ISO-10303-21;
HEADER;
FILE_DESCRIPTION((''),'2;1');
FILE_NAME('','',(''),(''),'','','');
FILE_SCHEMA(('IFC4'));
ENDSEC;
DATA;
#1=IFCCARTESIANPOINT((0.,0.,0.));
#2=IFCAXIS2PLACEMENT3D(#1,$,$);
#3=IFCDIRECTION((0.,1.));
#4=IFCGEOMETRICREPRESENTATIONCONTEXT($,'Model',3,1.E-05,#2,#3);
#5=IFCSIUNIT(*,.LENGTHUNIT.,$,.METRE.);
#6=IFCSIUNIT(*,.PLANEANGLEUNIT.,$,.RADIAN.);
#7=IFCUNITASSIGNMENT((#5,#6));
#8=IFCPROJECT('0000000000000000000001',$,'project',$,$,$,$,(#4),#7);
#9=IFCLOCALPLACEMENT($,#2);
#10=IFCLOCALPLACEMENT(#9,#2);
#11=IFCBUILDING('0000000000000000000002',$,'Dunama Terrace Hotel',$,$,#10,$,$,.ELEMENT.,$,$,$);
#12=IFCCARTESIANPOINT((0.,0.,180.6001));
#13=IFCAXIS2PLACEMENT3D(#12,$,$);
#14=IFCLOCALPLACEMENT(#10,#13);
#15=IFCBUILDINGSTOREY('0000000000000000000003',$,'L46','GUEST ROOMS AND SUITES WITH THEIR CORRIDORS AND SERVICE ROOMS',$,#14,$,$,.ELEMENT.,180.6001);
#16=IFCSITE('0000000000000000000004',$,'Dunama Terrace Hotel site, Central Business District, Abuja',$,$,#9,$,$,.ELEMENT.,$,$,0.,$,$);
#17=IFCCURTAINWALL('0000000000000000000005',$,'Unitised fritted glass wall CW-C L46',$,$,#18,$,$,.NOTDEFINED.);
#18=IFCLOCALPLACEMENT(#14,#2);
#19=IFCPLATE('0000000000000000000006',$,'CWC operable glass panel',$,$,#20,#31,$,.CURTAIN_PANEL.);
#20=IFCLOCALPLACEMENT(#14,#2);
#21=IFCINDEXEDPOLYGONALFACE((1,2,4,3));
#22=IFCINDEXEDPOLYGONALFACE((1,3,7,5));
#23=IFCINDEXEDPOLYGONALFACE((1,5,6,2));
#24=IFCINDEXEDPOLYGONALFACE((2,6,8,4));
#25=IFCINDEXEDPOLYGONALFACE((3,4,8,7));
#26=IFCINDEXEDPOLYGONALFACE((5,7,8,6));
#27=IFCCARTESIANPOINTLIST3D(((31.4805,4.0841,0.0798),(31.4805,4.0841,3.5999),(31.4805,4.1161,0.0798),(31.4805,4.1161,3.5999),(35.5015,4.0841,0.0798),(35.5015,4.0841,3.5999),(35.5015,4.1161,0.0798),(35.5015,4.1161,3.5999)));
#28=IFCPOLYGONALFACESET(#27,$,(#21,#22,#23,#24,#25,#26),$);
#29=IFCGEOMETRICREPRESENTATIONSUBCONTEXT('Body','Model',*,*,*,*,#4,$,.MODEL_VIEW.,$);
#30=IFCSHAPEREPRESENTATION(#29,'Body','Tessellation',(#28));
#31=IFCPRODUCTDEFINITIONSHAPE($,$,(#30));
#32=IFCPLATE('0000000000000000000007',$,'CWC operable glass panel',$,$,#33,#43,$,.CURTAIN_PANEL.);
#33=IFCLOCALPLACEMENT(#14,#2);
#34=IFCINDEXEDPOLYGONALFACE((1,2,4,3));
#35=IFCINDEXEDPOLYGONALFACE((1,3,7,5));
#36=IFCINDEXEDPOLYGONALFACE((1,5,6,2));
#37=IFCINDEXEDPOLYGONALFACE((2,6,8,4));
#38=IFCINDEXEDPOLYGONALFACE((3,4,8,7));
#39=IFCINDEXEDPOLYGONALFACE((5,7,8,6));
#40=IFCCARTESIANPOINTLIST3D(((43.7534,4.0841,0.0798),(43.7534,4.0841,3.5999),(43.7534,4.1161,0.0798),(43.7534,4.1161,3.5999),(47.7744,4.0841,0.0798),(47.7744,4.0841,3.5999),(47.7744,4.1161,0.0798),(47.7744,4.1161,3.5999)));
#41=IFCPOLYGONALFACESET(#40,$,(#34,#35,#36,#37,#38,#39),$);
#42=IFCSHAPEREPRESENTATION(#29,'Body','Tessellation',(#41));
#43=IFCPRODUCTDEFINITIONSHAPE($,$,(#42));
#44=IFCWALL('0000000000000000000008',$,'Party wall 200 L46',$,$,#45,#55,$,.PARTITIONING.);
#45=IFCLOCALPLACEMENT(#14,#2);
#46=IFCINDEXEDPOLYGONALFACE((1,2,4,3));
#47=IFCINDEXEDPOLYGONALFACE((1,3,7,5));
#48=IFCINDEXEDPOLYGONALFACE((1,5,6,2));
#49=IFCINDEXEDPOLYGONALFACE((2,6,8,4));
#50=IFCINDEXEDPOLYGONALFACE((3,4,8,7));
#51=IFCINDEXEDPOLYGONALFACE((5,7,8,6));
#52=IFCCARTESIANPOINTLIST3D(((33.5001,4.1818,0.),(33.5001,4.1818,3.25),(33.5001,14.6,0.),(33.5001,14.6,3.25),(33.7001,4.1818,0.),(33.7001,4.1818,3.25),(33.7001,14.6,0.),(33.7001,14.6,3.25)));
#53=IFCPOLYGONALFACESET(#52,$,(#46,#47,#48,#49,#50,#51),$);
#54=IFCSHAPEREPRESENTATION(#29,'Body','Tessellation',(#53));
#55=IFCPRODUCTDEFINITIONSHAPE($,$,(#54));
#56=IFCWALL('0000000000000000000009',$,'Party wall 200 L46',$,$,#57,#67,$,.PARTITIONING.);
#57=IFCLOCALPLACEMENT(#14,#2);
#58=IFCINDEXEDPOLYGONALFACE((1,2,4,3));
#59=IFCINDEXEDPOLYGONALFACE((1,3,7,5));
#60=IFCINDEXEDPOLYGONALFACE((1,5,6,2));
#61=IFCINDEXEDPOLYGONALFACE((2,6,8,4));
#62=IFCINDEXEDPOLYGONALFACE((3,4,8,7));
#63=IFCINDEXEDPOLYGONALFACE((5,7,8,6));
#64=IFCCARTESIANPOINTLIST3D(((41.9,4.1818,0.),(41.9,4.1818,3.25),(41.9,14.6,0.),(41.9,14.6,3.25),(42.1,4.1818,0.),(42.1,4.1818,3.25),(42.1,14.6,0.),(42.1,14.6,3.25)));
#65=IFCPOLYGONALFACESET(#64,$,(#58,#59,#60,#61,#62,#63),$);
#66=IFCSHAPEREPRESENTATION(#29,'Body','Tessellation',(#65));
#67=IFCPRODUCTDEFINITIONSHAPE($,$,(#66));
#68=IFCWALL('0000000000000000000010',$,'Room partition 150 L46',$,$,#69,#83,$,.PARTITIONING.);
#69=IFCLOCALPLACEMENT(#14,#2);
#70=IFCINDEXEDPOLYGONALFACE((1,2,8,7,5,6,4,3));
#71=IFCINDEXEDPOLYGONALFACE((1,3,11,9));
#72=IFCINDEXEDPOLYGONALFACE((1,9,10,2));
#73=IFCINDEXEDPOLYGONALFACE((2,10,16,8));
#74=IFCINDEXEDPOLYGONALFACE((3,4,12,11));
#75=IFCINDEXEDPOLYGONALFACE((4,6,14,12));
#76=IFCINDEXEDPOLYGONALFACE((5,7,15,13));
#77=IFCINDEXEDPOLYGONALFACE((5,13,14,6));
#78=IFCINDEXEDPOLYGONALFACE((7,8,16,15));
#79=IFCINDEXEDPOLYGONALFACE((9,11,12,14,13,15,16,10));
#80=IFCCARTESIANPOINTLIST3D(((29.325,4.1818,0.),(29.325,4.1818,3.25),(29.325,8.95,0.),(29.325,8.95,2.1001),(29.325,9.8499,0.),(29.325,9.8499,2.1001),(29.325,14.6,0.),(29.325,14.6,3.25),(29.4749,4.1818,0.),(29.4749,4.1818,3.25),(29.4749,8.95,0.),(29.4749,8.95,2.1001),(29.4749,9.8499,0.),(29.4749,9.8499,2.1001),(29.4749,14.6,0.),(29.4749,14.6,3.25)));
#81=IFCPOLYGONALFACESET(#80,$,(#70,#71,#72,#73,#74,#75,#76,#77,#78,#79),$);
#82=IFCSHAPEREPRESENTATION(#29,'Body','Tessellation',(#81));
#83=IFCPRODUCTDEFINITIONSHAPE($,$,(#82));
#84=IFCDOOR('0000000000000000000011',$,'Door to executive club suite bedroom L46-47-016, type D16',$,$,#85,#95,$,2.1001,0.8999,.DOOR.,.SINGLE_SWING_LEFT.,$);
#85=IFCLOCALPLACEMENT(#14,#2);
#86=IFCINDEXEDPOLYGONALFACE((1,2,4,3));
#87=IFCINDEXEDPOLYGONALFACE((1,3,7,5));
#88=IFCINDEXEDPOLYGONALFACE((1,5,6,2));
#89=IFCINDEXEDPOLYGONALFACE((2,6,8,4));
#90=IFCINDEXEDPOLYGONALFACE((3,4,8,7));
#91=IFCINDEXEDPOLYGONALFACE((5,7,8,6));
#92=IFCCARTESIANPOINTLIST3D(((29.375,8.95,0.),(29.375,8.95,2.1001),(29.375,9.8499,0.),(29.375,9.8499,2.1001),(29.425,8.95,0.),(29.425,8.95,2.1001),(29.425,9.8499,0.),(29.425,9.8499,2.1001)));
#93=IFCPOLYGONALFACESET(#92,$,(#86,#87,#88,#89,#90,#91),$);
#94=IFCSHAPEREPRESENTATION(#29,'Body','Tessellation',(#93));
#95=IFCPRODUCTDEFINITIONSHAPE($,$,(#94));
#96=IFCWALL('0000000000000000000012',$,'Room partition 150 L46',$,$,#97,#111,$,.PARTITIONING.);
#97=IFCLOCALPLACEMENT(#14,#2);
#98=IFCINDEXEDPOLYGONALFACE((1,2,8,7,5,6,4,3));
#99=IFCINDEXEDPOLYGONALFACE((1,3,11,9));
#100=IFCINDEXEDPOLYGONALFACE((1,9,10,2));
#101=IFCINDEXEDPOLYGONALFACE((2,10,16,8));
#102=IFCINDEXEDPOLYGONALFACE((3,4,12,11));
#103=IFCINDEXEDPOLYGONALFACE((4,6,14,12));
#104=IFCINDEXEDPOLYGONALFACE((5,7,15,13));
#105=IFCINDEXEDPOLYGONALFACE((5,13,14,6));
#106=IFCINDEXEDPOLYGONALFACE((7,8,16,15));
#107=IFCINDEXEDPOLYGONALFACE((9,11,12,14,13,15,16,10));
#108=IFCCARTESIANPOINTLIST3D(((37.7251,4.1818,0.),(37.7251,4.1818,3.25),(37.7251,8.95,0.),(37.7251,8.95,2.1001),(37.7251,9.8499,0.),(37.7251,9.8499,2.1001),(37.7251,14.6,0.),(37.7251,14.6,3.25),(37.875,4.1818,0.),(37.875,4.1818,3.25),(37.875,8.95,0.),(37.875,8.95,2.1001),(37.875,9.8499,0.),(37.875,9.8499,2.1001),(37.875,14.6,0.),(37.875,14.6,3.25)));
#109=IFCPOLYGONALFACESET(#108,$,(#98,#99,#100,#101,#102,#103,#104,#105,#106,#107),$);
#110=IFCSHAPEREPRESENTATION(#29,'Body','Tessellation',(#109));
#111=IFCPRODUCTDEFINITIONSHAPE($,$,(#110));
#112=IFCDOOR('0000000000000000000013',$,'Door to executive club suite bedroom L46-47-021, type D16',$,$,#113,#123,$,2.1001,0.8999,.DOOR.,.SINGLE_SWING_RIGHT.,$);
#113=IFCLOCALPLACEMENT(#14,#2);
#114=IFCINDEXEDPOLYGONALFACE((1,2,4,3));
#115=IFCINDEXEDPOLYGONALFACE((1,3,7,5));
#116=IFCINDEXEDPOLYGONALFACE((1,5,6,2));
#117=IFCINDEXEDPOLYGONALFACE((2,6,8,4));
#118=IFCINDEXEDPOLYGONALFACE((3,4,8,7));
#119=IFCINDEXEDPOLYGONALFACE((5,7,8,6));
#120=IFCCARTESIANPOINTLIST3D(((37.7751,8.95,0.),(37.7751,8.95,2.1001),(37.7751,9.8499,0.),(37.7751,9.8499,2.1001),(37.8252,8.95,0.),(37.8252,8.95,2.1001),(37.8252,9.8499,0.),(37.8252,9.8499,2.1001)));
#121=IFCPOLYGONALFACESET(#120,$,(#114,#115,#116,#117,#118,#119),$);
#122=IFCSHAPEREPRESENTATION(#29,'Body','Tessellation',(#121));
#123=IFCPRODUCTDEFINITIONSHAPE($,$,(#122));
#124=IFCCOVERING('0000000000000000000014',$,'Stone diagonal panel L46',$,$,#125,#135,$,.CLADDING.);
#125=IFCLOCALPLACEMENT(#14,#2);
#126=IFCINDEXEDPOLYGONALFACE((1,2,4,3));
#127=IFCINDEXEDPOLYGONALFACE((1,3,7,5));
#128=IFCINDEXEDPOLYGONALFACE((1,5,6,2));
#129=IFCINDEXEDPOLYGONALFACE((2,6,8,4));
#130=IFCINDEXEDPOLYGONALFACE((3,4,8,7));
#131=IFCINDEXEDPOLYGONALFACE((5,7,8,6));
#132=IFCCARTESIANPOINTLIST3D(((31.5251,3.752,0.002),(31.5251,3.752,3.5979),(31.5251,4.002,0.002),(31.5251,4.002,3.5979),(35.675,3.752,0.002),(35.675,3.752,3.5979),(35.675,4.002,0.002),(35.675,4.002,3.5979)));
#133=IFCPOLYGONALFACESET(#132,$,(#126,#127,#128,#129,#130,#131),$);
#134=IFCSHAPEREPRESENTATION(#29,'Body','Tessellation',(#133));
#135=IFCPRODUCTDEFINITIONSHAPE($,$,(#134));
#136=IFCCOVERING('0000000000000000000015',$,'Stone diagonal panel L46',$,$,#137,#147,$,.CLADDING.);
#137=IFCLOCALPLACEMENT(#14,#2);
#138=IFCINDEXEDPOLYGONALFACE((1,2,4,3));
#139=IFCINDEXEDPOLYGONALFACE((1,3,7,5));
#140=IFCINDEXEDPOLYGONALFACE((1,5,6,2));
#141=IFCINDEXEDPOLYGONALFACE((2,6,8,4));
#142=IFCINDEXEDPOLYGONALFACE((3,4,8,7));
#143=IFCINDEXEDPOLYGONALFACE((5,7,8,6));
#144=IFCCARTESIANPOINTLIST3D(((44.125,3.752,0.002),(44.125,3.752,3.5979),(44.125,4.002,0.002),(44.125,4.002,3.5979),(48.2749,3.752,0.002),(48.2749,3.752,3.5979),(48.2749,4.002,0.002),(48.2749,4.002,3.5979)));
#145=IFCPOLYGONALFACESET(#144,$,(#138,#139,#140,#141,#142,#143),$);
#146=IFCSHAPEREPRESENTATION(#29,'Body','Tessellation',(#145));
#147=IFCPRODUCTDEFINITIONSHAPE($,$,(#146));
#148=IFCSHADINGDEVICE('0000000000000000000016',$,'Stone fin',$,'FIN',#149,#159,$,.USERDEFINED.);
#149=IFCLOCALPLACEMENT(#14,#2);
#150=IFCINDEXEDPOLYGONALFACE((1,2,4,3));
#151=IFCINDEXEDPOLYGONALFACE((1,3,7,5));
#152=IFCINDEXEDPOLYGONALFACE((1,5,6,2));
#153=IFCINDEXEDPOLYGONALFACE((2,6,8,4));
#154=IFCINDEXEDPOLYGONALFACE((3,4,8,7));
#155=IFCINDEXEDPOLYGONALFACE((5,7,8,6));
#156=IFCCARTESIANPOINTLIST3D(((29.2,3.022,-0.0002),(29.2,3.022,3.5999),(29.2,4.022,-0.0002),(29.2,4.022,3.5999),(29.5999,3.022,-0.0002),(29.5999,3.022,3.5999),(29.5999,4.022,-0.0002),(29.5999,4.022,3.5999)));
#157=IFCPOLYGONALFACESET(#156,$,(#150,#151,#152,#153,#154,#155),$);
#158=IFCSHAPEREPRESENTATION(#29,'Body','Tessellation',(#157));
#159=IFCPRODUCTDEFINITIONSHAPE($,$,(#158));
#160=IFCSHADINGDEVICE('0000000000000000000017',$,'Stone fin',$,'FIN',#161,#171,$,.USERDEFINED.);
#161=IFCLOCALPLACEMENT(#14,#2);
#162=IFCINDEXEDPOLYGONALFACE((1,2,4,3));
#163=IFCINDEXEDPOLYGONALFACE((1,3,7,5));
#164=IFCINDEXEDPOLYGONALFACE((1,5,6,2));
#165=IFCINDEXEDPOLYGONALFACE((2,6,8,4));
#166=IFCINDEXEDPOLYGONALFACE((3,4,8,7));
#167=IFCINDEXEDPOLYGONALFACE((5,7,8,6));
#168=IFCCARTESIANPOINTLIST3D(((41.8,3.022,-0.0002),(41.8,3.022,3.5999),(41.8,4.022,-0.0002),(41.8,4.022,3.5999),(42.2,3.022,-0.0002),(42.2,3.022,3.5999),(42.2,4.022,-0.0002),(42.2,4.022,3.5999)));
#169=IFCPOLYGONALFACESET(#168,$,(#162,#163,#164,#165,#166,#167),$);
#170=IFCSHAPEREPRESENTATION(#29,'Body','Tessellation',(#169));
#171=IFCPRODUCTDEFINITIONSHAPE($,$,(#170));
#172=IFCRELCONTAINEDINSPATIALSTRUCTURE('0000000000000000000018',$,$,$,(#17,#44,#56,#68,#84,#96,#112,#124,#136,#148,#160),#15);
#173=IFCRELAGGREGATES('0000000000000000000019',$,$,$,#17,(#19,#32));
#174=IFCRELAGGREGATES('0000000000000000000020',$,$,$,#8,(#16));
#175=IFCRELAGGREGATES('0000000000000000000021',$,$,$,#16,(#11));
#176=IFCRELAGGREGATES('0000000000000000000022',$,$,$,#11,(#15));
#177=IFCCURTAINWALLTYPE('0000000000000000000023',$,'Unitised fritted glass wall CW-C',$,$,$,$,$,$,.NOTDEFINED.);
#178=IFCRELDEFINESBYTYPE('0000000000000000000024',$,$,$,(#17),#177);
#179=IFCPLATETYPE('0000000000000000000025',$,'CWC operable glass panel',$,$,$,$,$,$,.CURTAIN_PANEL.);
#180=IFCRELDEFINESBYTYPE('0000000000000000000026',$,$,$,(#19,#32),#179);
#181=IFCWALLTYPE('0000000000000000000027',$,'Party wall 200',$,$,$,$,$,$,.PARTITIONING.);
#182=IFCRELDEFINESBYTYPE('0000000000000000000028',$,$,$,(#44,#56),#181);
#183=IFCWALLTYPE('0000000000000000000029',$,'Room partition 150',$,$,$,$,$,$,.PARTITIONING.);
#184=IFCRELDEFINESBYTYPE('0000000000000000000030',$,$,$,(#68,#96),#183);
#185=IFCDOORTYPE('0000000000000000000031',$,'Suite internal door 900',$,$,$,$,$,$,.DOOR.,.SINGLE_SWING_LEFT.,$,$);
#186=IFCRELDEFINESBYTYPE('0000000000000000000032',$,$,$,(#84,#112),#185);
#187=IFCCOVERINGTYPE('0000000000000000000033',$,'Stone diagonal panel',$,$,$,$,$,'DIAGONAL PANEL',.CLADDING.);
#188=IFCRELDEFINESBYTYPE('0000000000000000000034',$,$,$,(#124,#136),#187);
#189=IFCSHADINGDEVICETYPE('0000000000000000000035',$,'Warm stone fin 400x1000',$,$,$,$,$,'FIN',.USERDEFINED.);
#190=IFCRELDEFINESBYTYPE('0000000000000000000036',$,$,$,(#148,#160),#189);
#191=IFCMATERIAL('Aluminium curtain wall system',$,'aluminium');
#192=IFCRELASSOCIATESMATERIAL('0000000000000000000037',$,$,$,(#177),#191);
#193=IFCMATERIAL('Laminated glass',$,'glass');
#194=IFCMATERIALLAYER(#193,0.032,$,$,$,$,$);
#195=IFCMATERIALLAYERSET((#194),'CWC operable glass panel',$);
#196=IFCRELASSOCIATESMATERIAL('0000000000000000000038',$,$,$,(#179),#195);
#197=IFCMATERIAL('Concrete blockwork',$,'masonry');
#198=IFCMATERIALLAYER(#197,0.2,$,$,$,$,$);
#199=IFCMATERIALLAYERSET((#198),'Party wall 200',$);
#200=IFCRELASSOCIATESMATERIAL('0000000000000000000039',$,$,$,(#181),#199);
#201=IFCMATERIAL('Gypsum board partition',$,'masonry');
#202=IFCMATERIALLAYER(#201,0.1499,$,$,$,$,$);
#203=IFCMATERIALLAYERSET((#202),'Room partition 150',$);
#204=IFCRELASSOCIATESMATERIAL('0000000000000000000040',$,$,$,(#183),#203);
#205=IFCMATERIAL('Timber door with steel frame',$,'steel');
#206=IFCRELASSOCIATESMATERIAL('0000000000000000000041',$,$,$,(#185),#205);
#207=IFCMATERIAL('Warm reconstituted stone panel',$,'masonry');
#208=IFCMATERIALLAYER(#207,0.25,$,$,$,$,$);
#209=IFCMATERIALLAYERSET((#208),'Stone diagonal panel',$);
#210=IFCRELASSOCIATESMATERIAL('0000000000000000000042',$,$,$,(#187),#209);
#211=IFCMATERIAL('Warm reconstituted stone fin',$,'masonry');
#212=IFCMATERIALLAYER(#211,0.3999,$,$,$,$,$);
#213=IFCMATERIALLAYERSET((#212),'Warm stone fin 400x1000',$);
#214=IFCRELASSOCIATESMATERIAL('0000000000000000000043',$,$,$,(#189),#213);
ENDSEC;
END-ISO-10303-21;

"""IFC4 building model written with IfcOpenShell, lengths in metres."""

from ifc_helpers import new_model, si_unit, direction, frame, frame_2d, origin, origin_2d, place, context, subcontext, project, spatial, rectangle, extrude, material, layer, layer_set, type_object, element, fill, aggregate, save


model = new_model("IFC4")

# Units and contexts
model_context = context("Model", 3, precision=1e-05, world=origin(), true_north=direction((0.0, 1.0)))
body_context = subcontext(model_context, "Body", "Model", "MODEL_VIEW")
ifc_project = project(units=[si_unit("LENGTHUNIT", "METRE"), si_unit("PLANEANGLEUNIT", "RADIAN")], contexts=[model_context])

# Site, building, storey
site_placement = place(None, origin())
site = spatial("IfcSite", under=ifc_project, at=site_placement, Name="Dunama Terrace Hotel site, Central Business District, Abuja", CompositionType="ELEMENT", RefElevation=0.0)
building_placement = place(site_placement, origin())
building = spatial("IfcBuilding", under=site, at=building_placement, Name="Dunama Terrace Hotel", CompositionType="ELEMENT")
storey_placement = place(building_placement, frame((0.0, 0.0, 180.6001)))
storey = spatial("IfcBuildingStorey", under=building, at=storey_placement, Name="L46", Description="GUEST ROOMS AND SUITES WITH THEIR CORRIDORS AND SERVICE ROOMS", CompositionType="ELEMENT", Elevation=180.6001)

# Curtain wall
ifc_material_1 = material(Name="Aluminium curtain wall system", Category="aluminium")
curtain_wall_type = type_object("IfcCurtainWallType", Name="Unitised fritted glass wall CW-C", PredefinedType="NOTDEFINED", material=ifc_material_1)
curtain_wall_placement = place(storey_placement, origin())
curtain_wall = element("IfcCurtainWall", 1, at=curtain_wall_placement, inside=storey, type_object=curtain_wall_type, Name="Unitised fritted glass wall CW-C L46", PredefinedType="NOTDEFINED")

# Plates
ifc_material_2 = material(Name="Laminated glass", Category="glass")
ifc_layer_1 = layer(ifc_material_2, 0.032)
ifc_layer_set_1 = layer_set([ifc_layer_1], Name="CWC operable glass panel")
plate_type_1 = type_object("IfcPlateType", Name="CWC operable glass panel", PredefinedType="CURTAIN_PANEL", material=ifc_layer_set_1)
plate_1_placement = place(storey_placement, frame((33.491, 4.1001, 0.0798), z_axis=(0.0, 0.0, 1.0), x_axis=(1.0, 0.0, 0.0)))
plate_1 = element("IfcPlate", 2, at=plate_1_placement, type_object=plate_type_1, Name="CWC operable glass panel", PredefinedType="CURTAIN_PANEL", context=body_context, shape_type="SweptSolid", body=[
    extrude(rectangle(XDim=4.021, YDim=0.032, at=origin_2d()), origin(), (0.0, 0.0, 1.0), 3.52),
])
plate_2_placement = place(storey_placement, frame((45.7639, 4.1001, 0.0798), z_axis=(0.0, 0.0, 1.0), x_axis=(1.0, 0.0, 0.0)))
plate_2 = element("IfcPlate", 3, at=plate_2_placement, type_object=plate_type_1, Name="CWC operable glass panel", PredefinedType="CURTAIN_PANEL", context=body_context, shape_type="SweptSolid", body=[
    extrude(rectangle(XDim=4.021, YDim=0.032, at=origin_2d()), origin(), (0.0, 0.0, 1.0), 3.52),
])
aggregate(curtain_wall, [plate_1, plate_2])

# Walls
ifc_material_3 = material(Name="Concrete blockwork", Category="masonry")
ifc_layer_2 = layer(ifc_material_3, 0.2)
ifc_layer_set_2 = layer_set([ifc_layer_2], Name="Party wall 200")
wall_type_1 = type_object("IfcWallType", Name="Party wall 200", PredefinedType="PARTITIONING", material=ifc_layer_set_2)
for number, where, z_axis, x_axis, name in (
    (4, (33.6001, 4.1819, 0.0), (0.0, 0.0, 1.0), (0.0, 1.0, 0.0), "Party wall 200 L46"),
    (5, (42.0, 4.1819, 0.0), (0.0, 0.0, 1.0), (0.0, 1.0, 0.0), "Party wall 200 L46"),
):
    element("IfcWall", number, at=place(storey_placement, frame(where, z_axis=z_axis, x_axis=x_axis)), inside=storey, type_object=wall_type_1, Name=name, PredefinedType="PARTITIONING", context=body_context, shape_type="SweptSolid", body=[
        extrude(rectangle(XDim=10.4182, YDim=0.2, at=frame_2d((5.209, 0.0))), origin(), (0.0, 0.0, 1.0), 3.25),
    ])

# Walls, openings, doors
ifc_material_4 = material(Name="Gypsum board partition", Category="masonry")
ifc_layer_3 = layer(ifc_material_4, 0.1499)
ifc_layer_set_3 = layer_set([ifc_layer_3], Name="Room partition 150")
wall_type_2 = type_object("IfcWallType", Name="Room partition 150", PredefinedType="PARTITIONING", material=ifc_layer_set_3)
wall_1_placement = place(storey_placement, frame((29.3999, 4.1819, 0.0), z_axis=(0.0, 0.0, 1.0), x_axis=(0.0, 1.0, 0.0)))
wall_1 = element("IfcWall", 6, at=wall_1_placement, inside=storey, type_object=wall_type_2, Name="Room partition 150 L46", PredefinedType="PARTITIONING", context=body_context, shape_type="SweptSolid", body=[
    extrude(rectangle(XDim=10.4182, YDim=0.1499, at=frame_2d((5.209, 0.0))), origin(), (0.0, 0.0, 1.0), 3.25),
])
opening_1_placement = place(wall_1_placement, frame((4.7681, 0.0, 0.0)))
opening_1 = element("IfcOpeningElement", 7, at=opening_1_placement, cuts=wall_1, PredefinedType="OPENING", context=body_context, shape_type="SweptSolid", body=[
    extrude(rectangle(XDim=0.8999, YDim=2.1001, at=frame_2d((0.45, 1.05))), frame((0.0, 0.085, 0.0), z_axis=(0.0, -1.0, 0.0), x_axis=(1.0, 0.0, 0.0)), (0.0, 0.0, 1.0), 0.1699),
])
ifc_material_5 = material(Name="Timber door with steel frame", Category="steel")
door_type = type_object("IfcDoorType", Name="Suite internal door 900", OperationType="SINGLE_SWING_LEFT", PredefinedType="DOOR", material=ifc_material_5)
door_1_placement = place(opening_1_placement, origin())
door_1 = element("IfcDoor", 8, at=door_1_placement, inside=storey, type_object=door_type, Name="Door to executive club suite bedroom L46-47-016, type D16", OperationType="SINGLE_SWING_LEFT", OverallHeight=2.1001, OverallWidth=0.8999, PredefinedType="DOOR", context=body_context, shape_type="SweptSolid", body=[
    extrude(rectangle(XDim=0.8999, YDim=2.1001, at=frame_2d((0.45, 1.05))), frame((0.0, 0.0249, 0.0), z_axis=(0.0, -1.0, 0.0), x_axis=(1.0, 0.0, 0.0)), (0.0, 0.0, 1.0), 0.05),
])
fill(opening_1, door_1)
wall_2_placement = place(storey_placement, frame((37.8, 4.1819, 0.0), z_axis=(0.0, 0.0, 1.0), x_axis=(0.0, 1.0, 0.0)))
wall_2 = element("IfcWall", 9, at=wall_2_placement, inside=storey, type_object=wall_type_2, Name="Room partition 150 L46", PredefinedType="PARTITIONING", context=body_context, shape_type="SweptSolid", body=[
    extrude(rectangle(XDim=10.4182, YDim=0.1499, at=frame_2d((5.209, 0.0))), origin(), (0.0, 0.0, 1.0), 3.25),
])
opening_2_placement = place(wall_2_placement, frame((4.7681, 0.0, 0.0)))
opening_2 = element("IfcOpeningElement", 10, at=opening_2_placement, cuts=wall_2, PredefinedType="OPENING", context=body_context, shape_type="SweptSolid", body=[
    extrude(rectangle(XDim=0.8999, YDim=2.1001, at=frame_2d((0.45, 1.05))), frame((0.0, 0.085, 0.0), z_axis=(0.0, -1.0, 0.0), x_axis=(1.0, 0.0, 0.0)), (0.0, 0.0, 1.0), 0.1699),
])
door_2_placement = place(opening_2_placement, frame((0.8999, 0.0, 0.0), z_axis=(0.0, 0.0, 1.0), x_axis=(-1.0, 0.0, 0.0)))
door_2 = element("IfcDoor", 11, at=door_2_placement, inside=storey, type_object=door_type, Name="Door to executive club suite bedroom L46-47-021, type D16", OperationType="SINGLE_SWING_RIGHT", OverallHeight=2.1001, OverallWidth=0.8999, PredefinedType="DOOR", context=body_context, shape_type="SweptSolid", body=[
    extrude(rectangle(XDim=0.8999, YDim=2.1001, at=frame_2d((0.45, 1.05))), frame((0.0, 0.0251, 0.0), z_axis=(0.0, -1.0, 0.0), x_axis=(1.0, 0.0, 0.0)), (0.0, 0.0, 1.0), 0.05),
])
fill(opening_2, door_2)

# Coverings
ifc_material_6 = material(Name="Warm reconstituted stone panel", Category="masonry")
ifc_layer_4 = layer(ifc_material_6, 0.25)
ifc_layer_set_4 = layer_set([ifc_layer_4], Name="Stone diagonal panel")
covering_type = type_object("IfcCoveringType", Name="Stone diagonal panel", ElementType="DIAGONAL PANEL", PredefinedType="CLADDING", material=ifc_layer_set_4)
for number, where, z_axis, x_axis, name in (
    (12, (33.6001, 3.877, 0.002), (0.0, 0.0, 1.0), (1.0, 0.0, 0.0), "Stone diagonal panel L46"),
    (13, (46.2, 3.877, 0.002), (0.0, 0.0, 1.0), (1.0, 0.0, 0.0), "Stone diagonal panel L46"),
):
    element("IfcCovering", number, at=place(storey_placement, frame(where, z_axis=z_axis, x_axis=x_axis)), inside=storey, type_object=covering_type, Name=name, PredefinedType="CLADDING", context=body_context, shape_type="SweptSolid", body=[
        extrude(rectangle(XDim=4.1499, YDim=0.25, at=origin_2d()), origin(), (0.0, 0.0, 1.0), 3.5959),
    ])

# Shading devices
ifc_material_7 = material(Name="Warm reconstituted stone fin", Category="masonry")
ifc_layer_5 = layer(ifc_material_7, 0.3999)
ifc_layer_set_5 = layer_set([ifc_layer_5], Name="Warm stone fin 400x1000")
shading_device_type = type_object("IfcShadingDeviceType", Name="Warm stone fin 400x1000", ElementType="FIN", PredefinedType="USERDEFINED", material=ifc_layer_set_5)
for number, where, z_axis, x_axis, name in (
    (14, (29.3999, 3.522, -0.0002), (0.0, 0.0, 1.0), (1.0, 0.0, 0.0), "Stone fin"),
    (15, (42.0, 3.522, -0.0002), (0.0, 0.0, 1.0), (1.0, 0.0, 0.0), "Stone fin"),
):
    element("IfcShadingDevice", number, at=place(storey_placement, frame(where, z_axis=z_axis, x_axis=x_axis)), inside=storey, type_object=shading_device_type, Name=name, ObjectType="FIN", PredefinedType="USERDEFINED", context=body_context, shape_type="SweptSolid", body=[
        extrude(rectangle(XDim=0.3999, YDim=1.0, at=origin_2d()), origin(), (0.0, 0.0, 1.0), 3.6001),
    ])

save(model, "model.ifc")
